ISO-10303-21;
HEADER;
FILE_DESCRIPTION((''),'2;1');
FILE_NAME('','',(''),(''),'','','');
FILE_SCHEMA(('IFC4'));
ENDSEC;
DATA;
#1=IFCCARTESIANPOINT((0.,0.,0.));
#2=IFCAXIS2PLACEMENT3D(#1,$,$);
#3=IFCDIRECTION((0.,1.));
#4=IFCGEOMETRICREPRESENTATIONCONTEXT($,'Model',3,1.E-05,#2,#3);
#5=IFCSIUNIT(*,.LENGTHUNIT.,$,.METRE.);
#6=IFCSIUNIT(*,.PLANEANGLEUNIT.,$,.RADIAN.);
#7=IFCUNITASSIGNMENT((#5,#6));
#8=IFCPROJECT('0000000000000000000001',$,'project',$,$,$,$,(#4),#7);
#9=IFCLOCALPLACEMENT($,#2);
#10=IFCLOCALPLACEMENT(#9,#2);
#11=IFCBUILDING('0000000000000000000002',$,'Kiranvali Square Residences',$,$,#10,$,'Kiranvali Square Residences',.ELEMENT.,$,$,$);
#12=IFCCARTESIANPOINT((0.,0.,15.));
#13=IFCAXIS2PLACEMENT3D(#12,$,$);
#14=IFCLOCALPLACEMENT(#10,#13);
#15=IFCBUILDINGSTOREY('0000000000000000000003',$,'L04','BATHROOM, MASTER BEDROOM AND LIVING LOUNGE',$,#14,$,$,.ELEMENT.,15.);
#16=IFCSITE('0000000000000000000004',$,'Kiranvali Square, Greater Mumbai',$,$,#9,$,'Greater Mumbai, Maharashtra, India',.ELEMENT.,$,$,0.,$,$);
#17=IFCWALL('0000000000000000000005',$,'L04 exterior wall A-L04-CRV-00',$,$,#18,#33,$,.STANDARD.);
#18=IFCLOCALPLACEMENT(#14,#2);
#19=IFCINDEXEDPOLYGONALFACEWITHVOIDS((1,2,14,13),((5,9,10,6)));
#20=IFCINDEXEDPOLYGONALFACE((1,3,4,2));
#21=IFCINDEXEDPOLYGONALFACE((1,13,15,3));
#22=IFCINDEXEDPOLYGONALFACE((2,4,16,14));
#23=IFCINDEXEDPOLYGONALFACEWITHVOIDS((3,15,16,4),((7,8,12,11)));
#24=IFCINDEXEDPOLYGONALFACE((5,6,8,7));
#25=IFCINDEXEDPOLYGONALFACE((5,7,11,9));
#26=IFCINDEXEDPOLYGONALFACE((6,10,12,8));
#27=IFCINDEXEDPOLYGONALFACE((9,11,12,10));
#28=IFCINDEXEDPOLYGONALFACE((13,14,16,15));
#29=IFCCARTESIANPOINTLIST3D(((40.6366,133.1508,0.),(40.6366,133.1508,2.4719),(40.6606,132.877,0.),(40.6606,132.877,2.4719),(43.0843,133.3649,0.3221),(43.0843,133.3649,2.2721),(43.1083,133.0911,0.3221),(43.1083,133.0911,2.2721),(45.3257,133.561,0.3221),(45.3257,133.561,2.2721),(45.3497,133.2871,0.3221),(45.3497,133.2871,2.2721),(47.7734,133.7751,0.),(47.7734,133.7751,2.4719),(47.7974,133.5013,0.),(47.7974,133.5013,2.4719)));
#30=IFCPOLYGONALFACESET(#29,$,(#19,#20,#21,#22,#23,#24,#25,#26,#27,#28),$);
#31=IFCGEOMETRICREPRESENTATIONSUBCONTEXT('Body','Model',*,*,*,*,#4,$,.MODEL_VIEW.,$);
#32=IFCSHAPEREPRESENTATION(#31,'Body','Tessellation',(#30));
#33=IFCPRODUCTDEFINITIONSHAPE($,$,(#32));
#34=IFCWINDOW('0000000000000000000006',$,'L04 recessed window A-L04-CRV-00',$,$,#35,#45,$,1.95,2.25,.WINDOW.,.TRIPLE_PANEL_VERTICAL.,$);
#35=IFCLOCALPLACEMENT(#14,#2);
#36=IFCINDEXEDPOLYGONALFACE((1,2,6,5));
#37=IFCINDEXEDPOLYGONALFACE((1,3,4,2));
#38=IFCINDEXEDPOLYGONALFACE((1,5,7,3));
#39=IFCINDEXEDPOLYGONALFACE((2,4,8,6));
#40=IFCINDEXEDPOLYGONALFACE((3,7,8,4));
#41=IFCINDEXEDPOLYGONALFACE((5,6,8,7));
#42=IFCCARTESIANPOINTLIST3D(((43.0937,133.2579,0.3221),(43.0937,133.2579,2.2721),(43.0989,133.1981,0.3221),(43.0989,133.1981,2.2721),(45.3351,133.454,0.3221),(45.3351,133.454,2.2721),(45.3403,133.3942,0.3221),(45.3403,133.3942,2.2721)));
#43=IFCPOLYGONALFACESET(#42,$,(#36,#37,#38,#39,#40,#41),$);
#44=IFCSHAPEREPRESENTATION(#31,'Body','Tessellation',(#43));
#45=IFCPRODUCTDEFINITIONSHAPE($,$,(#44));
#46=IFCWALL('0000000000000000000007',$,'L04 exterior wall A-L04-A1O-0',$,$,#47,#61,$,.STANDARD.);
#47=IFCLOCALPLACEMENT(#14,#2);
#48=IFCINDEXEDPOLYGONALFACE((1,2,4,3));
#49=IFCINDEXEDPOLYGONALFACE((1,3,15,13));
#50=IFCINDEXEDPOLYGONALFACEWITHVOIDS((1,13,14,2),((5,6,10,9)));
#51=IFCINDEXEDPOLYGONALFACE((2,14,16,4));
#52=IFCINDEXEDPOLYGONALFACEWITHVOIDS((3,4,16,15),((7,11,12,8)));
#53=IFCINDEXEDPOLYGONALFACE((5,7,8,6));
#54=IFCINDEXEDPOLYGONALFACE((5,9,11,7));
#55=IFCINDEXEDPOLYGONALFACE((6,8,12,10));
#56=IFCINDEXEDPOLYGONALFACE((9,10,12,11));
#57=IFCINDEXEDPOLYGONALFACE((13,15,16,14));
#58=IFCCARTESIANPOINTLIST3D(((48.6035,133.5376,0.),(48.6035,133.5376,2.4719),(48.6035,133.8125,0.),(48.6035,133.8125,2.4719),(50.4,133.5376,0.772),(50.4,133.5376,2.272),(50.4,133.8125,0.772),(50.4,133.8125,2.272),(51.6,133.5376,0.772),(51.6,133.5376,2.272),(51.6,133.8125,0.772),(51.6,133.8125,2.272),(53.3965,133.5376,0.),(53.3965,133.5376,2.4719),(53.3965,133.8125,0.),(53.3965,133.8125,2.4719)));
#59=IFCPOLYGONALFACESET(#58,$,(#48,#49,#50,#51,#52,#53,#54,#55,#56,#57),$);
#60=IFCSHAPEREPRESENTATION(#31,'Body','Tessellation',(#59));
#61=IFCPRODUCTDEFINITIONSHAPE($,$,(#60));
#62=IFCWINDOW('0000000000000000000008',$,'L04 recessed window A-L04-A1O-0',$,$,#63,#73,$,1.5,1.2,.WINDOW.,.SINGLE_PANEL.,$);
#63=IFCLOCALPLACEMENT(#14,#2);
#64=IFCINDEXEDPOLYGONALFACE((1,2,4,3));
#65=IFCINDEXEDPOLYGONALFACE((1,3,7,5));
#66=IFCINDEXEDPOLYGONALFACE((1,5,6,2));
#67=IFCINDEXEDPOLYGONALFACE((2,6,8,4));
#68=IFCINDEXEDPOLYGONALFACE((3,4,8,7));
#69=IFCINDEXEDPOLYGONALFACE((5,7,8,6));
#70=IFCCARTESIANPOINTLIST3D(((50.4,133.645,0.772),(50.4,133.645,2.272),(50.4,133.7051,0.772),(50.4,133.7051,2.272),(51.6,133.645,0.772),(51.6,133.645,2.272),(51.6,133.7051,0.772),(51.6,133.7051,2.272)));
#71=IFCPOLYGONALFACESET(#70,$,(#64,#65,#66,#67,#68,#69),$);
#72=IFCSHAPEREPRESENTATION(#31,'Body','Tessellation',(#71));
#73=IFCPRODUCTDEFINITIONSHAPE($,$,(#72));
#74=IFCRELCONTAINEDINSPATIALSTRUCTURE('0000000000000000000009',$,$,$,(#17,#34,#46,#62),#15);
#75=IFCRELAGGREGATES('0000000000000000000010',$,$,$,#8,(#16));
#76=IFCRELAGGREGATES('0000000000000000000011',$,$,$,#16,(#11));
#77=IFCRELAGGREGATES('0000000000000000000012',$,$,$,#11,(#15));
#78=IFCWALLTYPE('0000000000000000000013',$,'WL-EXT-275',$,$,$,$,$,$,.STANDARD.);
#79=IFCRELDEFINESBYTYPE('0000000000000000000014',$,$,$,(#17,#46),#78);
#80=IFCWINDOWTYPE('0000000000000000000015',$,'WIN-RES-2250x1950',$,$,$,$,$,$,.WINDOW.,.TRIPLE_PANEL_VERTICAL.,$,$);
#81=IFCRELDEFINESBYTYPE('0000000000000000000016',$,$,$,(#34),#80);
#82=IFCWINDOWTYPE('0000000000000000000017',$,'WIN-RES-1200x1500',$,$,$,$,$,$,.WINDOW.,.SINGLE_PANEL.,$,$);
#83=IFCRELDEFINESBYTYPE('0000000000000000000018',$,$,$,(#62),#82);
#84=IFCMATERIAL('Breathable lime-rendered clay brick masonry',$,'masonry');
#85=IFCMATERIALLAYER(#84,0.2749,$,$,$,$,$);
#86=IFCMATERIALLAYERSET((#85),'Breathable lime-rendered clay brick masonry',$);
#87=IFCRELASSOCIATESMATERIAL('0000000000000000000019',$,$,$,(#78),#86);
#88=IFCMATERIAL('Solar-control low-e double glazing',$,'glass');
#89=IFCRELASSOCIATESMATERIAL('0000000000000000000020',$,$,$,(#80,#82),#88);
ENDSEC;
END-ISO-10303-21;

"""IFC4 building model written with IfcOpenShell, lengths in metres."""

from ifc_helpers import new_model, si_unit, direction, frame, frame_2d, origin, place, context, subcontext, project, spatial, rectangle, extrude, material, layer, layer_set, type_object, element, fill, save


model = new_model("IFC4")

# Units and contexts
model_context = context("Model", 3, precision=1e-05, world=origin(), true_north=direction((0.0, 1.0)))
body_context = subcontext(model_context, "Body", "Model", "MODEL_VIEW")
ifc_project = project(units=[si_unit("LENGTHUNIT", "METRE"), si_unit("PLANEANGLEUNIT", "RADIAN")], contexts=[model_context])

# Site, building, storey
site_placement = place(None, origin())
site = spatial("IfcSite", under=ifc_project, at=site_placement, Name="Kiranvali Square, Greater Mumbai", LongName="Greater Mumbai, Maharashtra, India", CompositionType="ELEMENT", RefElevation=0.0)
building_placement = place(site_placement, origin())
building = spatial("IfcBuilding", under=site, at=building_placement, Name="Kiranvali Square Residences", LongName="Kiranvali Square Residences", CompositionType="ELEMENT")
storey_placement = place(building_placement, frame((0.0, 0.0, 15.0)))
storey = spatial("IfcBuildingStorey", under=building, at=storey_placement, Name="L04", Description="BATHROOM, MASTER BEDROOM AND LIVING LOUNGE", CompositionType="ELEMENT", Elevation=15.0)

# Wall, opening, window
ifc_material_1 = material(Name="Breathable lime-rendered clay brick masonry", Category="masonry")
ifc_layer = layer(ifc_material_1, 0.2749)
ifc_layer_set = layer_set([ifc_layer], Name="Breathable lime-rendered clay brick masonry")
wall_type = type_object("IfcWallType", Name="WL-EXT-275", PredefinedType="STANDARD", material=ifc_layer_set)
wall_1_placement = place(storey_placement, frame((47.7854, 133.6382, 0.0), z_axis=(0.0, 0.0, 1.0), x_axis=(-0.996196, -0.08714, 0.0)))
wall_1 = element("IfcWall", 1, at=wall_1_placement, inside=storey, type_object=wall_type, Name="L04 exterior wall A-L04-CRV-00", PredefinedType="STANDARD", context=body_context, shape_type="SweptSolid", body=[
    extrude(rectangle(XDim=7.1641, YDim=0.2749, at=frame_2d((3.582, 0.0))), origin(), (0.0, 0.0, 1.0), 2.4719),
])
opening_1_placement = place(wall_1_placement, frame((2.457, 0.0, 0.322)))
opening_1 = element("IfcOpeningElement", 2, at=opening_1_placement, cuts=wall_1, PredefinedType="OPENING", context=body_context, shape_type="SweptSolid", body=[
    extrude(rectangle(XDim=2.25, YDim=1.95, at=frame_2d((1.125, 0.9751))), frame((0.0, 0.1475, 0.0), z_axis=(0.0, -1.0, 0.0), x_axis=(1.0, 0.0, 0.0)), (0.0, 0.0, 1.0), 0.2949),
])
ifc_material_2 = material(Name="Solar-control low-e double glazing", Category="glass")
window_type_1 = type_object("IfcWindowType", Name="WIN-RES-2250x1950", PartitioningType="TRIPLE_PANEL_VERTICAL", PredefinedType="WINDOW", material=ifc_material_2)
window_1_placement = place(opening_1_placement, origin())
window_1 = element("IfcWindow", 3, at=window_1_placement, inside=storey, type_object=window_type_1, Name="L04 recessed window A-L04-CRV-00", OverallHeight=1.95, OverallWidth=2.25, PartitioningType="TRIPLE_PANEL_VERTICAL", PredefinedType="WINDOW", context=body_context, shape_type="SweptSolid", body=[
    extrude(rectangle(XDim=2.25, YDim=1.95, at=frame_2d((1.125, 0.9751))), frame((0.0, 0.03, 0.0), z_axis=(0.0, -1.0, 0.0), x_axis=(1.0, 0.0, 0.0)), (0.0, 0.0, 1.0), 0.0601),
])
fill(opening_1, window_1)

# Shared definitions
window_type_2 = type_object("IfcWindowType", Name="WIN-RES-1200x1500", PartitioningType="SINGLE_PANEL", PredefinedType="WINDOW", material=ifc_material_2)

# Wall, opening, window
wall_2_placement = place(storey_placement, frame((48.6035, 133.675, 0.0), z_axis=(0.0, 0.0, 1.0), x_axis=(1.0, 0.0, 0.0)))
wall_2 = element("IfcWall", 4, at=wall_2_placement, inside=storey, type_object=wall_type, Name="L04 exterior wall A-L04-A1O-0", PredefinedType="STANDARD", context=body_context, shape_type="SweptSolid", body=[
    extrude(rectangle(XDim=4.793, YDim=0.2749, at=frame_2d((2.3965, 0.0))), origin(), (0.0, 0.0, 1.0), 2.4719),
])
opening_2_placement = place(wall_2_placement, frame((1.7964, 0.0, 0.772)))
opening_2 = element("IfcOpeningElement", 5, at=opening_2_placement, cuts=wall_2, PredefinedType="OPENING", context=body_context, shape_type="SweptSolid", body=[
    extrude(rectangle(XDim=1.2, YDim=1.5, at=frame_2d((0.6001, 0.75))), frame((0.0, 0.1475, 0.0), z_axis=(0.0, -1.0, 0.0), x_axis=(1.0, 0.0, 0.0)), (0.0, 0.0, 1.0), 0.2949),
])
window_2_placement = place(opening_2_placement, origin())
window_2 = element("IfcWindow", 6, at=window_2_placement, inside=storey, type_object=window_type_2, Name="L04 recessed window A-L04-A1O-0", OverallHeight=1.5, OverallWidth=1.2, PartitioningType="SINGLE_PANEL", PredefinedType="WINDOW", context=body_context, shape_type="SweptSolid", body=[
    extrude(rectangle(XDim=1.2, YDim=1.5, at=frame_2d((0.6001, 0.75))), frame((0.0, 0.03, 0.0), z_axis=(0.0, -1.0, 0.0), x_axis=(1.0, 0.0, 0.0)), (0.0, 0.0, 1.0), 0.0601),
])
fill(opening_2, window_2)

save(model, "model.ifc")
